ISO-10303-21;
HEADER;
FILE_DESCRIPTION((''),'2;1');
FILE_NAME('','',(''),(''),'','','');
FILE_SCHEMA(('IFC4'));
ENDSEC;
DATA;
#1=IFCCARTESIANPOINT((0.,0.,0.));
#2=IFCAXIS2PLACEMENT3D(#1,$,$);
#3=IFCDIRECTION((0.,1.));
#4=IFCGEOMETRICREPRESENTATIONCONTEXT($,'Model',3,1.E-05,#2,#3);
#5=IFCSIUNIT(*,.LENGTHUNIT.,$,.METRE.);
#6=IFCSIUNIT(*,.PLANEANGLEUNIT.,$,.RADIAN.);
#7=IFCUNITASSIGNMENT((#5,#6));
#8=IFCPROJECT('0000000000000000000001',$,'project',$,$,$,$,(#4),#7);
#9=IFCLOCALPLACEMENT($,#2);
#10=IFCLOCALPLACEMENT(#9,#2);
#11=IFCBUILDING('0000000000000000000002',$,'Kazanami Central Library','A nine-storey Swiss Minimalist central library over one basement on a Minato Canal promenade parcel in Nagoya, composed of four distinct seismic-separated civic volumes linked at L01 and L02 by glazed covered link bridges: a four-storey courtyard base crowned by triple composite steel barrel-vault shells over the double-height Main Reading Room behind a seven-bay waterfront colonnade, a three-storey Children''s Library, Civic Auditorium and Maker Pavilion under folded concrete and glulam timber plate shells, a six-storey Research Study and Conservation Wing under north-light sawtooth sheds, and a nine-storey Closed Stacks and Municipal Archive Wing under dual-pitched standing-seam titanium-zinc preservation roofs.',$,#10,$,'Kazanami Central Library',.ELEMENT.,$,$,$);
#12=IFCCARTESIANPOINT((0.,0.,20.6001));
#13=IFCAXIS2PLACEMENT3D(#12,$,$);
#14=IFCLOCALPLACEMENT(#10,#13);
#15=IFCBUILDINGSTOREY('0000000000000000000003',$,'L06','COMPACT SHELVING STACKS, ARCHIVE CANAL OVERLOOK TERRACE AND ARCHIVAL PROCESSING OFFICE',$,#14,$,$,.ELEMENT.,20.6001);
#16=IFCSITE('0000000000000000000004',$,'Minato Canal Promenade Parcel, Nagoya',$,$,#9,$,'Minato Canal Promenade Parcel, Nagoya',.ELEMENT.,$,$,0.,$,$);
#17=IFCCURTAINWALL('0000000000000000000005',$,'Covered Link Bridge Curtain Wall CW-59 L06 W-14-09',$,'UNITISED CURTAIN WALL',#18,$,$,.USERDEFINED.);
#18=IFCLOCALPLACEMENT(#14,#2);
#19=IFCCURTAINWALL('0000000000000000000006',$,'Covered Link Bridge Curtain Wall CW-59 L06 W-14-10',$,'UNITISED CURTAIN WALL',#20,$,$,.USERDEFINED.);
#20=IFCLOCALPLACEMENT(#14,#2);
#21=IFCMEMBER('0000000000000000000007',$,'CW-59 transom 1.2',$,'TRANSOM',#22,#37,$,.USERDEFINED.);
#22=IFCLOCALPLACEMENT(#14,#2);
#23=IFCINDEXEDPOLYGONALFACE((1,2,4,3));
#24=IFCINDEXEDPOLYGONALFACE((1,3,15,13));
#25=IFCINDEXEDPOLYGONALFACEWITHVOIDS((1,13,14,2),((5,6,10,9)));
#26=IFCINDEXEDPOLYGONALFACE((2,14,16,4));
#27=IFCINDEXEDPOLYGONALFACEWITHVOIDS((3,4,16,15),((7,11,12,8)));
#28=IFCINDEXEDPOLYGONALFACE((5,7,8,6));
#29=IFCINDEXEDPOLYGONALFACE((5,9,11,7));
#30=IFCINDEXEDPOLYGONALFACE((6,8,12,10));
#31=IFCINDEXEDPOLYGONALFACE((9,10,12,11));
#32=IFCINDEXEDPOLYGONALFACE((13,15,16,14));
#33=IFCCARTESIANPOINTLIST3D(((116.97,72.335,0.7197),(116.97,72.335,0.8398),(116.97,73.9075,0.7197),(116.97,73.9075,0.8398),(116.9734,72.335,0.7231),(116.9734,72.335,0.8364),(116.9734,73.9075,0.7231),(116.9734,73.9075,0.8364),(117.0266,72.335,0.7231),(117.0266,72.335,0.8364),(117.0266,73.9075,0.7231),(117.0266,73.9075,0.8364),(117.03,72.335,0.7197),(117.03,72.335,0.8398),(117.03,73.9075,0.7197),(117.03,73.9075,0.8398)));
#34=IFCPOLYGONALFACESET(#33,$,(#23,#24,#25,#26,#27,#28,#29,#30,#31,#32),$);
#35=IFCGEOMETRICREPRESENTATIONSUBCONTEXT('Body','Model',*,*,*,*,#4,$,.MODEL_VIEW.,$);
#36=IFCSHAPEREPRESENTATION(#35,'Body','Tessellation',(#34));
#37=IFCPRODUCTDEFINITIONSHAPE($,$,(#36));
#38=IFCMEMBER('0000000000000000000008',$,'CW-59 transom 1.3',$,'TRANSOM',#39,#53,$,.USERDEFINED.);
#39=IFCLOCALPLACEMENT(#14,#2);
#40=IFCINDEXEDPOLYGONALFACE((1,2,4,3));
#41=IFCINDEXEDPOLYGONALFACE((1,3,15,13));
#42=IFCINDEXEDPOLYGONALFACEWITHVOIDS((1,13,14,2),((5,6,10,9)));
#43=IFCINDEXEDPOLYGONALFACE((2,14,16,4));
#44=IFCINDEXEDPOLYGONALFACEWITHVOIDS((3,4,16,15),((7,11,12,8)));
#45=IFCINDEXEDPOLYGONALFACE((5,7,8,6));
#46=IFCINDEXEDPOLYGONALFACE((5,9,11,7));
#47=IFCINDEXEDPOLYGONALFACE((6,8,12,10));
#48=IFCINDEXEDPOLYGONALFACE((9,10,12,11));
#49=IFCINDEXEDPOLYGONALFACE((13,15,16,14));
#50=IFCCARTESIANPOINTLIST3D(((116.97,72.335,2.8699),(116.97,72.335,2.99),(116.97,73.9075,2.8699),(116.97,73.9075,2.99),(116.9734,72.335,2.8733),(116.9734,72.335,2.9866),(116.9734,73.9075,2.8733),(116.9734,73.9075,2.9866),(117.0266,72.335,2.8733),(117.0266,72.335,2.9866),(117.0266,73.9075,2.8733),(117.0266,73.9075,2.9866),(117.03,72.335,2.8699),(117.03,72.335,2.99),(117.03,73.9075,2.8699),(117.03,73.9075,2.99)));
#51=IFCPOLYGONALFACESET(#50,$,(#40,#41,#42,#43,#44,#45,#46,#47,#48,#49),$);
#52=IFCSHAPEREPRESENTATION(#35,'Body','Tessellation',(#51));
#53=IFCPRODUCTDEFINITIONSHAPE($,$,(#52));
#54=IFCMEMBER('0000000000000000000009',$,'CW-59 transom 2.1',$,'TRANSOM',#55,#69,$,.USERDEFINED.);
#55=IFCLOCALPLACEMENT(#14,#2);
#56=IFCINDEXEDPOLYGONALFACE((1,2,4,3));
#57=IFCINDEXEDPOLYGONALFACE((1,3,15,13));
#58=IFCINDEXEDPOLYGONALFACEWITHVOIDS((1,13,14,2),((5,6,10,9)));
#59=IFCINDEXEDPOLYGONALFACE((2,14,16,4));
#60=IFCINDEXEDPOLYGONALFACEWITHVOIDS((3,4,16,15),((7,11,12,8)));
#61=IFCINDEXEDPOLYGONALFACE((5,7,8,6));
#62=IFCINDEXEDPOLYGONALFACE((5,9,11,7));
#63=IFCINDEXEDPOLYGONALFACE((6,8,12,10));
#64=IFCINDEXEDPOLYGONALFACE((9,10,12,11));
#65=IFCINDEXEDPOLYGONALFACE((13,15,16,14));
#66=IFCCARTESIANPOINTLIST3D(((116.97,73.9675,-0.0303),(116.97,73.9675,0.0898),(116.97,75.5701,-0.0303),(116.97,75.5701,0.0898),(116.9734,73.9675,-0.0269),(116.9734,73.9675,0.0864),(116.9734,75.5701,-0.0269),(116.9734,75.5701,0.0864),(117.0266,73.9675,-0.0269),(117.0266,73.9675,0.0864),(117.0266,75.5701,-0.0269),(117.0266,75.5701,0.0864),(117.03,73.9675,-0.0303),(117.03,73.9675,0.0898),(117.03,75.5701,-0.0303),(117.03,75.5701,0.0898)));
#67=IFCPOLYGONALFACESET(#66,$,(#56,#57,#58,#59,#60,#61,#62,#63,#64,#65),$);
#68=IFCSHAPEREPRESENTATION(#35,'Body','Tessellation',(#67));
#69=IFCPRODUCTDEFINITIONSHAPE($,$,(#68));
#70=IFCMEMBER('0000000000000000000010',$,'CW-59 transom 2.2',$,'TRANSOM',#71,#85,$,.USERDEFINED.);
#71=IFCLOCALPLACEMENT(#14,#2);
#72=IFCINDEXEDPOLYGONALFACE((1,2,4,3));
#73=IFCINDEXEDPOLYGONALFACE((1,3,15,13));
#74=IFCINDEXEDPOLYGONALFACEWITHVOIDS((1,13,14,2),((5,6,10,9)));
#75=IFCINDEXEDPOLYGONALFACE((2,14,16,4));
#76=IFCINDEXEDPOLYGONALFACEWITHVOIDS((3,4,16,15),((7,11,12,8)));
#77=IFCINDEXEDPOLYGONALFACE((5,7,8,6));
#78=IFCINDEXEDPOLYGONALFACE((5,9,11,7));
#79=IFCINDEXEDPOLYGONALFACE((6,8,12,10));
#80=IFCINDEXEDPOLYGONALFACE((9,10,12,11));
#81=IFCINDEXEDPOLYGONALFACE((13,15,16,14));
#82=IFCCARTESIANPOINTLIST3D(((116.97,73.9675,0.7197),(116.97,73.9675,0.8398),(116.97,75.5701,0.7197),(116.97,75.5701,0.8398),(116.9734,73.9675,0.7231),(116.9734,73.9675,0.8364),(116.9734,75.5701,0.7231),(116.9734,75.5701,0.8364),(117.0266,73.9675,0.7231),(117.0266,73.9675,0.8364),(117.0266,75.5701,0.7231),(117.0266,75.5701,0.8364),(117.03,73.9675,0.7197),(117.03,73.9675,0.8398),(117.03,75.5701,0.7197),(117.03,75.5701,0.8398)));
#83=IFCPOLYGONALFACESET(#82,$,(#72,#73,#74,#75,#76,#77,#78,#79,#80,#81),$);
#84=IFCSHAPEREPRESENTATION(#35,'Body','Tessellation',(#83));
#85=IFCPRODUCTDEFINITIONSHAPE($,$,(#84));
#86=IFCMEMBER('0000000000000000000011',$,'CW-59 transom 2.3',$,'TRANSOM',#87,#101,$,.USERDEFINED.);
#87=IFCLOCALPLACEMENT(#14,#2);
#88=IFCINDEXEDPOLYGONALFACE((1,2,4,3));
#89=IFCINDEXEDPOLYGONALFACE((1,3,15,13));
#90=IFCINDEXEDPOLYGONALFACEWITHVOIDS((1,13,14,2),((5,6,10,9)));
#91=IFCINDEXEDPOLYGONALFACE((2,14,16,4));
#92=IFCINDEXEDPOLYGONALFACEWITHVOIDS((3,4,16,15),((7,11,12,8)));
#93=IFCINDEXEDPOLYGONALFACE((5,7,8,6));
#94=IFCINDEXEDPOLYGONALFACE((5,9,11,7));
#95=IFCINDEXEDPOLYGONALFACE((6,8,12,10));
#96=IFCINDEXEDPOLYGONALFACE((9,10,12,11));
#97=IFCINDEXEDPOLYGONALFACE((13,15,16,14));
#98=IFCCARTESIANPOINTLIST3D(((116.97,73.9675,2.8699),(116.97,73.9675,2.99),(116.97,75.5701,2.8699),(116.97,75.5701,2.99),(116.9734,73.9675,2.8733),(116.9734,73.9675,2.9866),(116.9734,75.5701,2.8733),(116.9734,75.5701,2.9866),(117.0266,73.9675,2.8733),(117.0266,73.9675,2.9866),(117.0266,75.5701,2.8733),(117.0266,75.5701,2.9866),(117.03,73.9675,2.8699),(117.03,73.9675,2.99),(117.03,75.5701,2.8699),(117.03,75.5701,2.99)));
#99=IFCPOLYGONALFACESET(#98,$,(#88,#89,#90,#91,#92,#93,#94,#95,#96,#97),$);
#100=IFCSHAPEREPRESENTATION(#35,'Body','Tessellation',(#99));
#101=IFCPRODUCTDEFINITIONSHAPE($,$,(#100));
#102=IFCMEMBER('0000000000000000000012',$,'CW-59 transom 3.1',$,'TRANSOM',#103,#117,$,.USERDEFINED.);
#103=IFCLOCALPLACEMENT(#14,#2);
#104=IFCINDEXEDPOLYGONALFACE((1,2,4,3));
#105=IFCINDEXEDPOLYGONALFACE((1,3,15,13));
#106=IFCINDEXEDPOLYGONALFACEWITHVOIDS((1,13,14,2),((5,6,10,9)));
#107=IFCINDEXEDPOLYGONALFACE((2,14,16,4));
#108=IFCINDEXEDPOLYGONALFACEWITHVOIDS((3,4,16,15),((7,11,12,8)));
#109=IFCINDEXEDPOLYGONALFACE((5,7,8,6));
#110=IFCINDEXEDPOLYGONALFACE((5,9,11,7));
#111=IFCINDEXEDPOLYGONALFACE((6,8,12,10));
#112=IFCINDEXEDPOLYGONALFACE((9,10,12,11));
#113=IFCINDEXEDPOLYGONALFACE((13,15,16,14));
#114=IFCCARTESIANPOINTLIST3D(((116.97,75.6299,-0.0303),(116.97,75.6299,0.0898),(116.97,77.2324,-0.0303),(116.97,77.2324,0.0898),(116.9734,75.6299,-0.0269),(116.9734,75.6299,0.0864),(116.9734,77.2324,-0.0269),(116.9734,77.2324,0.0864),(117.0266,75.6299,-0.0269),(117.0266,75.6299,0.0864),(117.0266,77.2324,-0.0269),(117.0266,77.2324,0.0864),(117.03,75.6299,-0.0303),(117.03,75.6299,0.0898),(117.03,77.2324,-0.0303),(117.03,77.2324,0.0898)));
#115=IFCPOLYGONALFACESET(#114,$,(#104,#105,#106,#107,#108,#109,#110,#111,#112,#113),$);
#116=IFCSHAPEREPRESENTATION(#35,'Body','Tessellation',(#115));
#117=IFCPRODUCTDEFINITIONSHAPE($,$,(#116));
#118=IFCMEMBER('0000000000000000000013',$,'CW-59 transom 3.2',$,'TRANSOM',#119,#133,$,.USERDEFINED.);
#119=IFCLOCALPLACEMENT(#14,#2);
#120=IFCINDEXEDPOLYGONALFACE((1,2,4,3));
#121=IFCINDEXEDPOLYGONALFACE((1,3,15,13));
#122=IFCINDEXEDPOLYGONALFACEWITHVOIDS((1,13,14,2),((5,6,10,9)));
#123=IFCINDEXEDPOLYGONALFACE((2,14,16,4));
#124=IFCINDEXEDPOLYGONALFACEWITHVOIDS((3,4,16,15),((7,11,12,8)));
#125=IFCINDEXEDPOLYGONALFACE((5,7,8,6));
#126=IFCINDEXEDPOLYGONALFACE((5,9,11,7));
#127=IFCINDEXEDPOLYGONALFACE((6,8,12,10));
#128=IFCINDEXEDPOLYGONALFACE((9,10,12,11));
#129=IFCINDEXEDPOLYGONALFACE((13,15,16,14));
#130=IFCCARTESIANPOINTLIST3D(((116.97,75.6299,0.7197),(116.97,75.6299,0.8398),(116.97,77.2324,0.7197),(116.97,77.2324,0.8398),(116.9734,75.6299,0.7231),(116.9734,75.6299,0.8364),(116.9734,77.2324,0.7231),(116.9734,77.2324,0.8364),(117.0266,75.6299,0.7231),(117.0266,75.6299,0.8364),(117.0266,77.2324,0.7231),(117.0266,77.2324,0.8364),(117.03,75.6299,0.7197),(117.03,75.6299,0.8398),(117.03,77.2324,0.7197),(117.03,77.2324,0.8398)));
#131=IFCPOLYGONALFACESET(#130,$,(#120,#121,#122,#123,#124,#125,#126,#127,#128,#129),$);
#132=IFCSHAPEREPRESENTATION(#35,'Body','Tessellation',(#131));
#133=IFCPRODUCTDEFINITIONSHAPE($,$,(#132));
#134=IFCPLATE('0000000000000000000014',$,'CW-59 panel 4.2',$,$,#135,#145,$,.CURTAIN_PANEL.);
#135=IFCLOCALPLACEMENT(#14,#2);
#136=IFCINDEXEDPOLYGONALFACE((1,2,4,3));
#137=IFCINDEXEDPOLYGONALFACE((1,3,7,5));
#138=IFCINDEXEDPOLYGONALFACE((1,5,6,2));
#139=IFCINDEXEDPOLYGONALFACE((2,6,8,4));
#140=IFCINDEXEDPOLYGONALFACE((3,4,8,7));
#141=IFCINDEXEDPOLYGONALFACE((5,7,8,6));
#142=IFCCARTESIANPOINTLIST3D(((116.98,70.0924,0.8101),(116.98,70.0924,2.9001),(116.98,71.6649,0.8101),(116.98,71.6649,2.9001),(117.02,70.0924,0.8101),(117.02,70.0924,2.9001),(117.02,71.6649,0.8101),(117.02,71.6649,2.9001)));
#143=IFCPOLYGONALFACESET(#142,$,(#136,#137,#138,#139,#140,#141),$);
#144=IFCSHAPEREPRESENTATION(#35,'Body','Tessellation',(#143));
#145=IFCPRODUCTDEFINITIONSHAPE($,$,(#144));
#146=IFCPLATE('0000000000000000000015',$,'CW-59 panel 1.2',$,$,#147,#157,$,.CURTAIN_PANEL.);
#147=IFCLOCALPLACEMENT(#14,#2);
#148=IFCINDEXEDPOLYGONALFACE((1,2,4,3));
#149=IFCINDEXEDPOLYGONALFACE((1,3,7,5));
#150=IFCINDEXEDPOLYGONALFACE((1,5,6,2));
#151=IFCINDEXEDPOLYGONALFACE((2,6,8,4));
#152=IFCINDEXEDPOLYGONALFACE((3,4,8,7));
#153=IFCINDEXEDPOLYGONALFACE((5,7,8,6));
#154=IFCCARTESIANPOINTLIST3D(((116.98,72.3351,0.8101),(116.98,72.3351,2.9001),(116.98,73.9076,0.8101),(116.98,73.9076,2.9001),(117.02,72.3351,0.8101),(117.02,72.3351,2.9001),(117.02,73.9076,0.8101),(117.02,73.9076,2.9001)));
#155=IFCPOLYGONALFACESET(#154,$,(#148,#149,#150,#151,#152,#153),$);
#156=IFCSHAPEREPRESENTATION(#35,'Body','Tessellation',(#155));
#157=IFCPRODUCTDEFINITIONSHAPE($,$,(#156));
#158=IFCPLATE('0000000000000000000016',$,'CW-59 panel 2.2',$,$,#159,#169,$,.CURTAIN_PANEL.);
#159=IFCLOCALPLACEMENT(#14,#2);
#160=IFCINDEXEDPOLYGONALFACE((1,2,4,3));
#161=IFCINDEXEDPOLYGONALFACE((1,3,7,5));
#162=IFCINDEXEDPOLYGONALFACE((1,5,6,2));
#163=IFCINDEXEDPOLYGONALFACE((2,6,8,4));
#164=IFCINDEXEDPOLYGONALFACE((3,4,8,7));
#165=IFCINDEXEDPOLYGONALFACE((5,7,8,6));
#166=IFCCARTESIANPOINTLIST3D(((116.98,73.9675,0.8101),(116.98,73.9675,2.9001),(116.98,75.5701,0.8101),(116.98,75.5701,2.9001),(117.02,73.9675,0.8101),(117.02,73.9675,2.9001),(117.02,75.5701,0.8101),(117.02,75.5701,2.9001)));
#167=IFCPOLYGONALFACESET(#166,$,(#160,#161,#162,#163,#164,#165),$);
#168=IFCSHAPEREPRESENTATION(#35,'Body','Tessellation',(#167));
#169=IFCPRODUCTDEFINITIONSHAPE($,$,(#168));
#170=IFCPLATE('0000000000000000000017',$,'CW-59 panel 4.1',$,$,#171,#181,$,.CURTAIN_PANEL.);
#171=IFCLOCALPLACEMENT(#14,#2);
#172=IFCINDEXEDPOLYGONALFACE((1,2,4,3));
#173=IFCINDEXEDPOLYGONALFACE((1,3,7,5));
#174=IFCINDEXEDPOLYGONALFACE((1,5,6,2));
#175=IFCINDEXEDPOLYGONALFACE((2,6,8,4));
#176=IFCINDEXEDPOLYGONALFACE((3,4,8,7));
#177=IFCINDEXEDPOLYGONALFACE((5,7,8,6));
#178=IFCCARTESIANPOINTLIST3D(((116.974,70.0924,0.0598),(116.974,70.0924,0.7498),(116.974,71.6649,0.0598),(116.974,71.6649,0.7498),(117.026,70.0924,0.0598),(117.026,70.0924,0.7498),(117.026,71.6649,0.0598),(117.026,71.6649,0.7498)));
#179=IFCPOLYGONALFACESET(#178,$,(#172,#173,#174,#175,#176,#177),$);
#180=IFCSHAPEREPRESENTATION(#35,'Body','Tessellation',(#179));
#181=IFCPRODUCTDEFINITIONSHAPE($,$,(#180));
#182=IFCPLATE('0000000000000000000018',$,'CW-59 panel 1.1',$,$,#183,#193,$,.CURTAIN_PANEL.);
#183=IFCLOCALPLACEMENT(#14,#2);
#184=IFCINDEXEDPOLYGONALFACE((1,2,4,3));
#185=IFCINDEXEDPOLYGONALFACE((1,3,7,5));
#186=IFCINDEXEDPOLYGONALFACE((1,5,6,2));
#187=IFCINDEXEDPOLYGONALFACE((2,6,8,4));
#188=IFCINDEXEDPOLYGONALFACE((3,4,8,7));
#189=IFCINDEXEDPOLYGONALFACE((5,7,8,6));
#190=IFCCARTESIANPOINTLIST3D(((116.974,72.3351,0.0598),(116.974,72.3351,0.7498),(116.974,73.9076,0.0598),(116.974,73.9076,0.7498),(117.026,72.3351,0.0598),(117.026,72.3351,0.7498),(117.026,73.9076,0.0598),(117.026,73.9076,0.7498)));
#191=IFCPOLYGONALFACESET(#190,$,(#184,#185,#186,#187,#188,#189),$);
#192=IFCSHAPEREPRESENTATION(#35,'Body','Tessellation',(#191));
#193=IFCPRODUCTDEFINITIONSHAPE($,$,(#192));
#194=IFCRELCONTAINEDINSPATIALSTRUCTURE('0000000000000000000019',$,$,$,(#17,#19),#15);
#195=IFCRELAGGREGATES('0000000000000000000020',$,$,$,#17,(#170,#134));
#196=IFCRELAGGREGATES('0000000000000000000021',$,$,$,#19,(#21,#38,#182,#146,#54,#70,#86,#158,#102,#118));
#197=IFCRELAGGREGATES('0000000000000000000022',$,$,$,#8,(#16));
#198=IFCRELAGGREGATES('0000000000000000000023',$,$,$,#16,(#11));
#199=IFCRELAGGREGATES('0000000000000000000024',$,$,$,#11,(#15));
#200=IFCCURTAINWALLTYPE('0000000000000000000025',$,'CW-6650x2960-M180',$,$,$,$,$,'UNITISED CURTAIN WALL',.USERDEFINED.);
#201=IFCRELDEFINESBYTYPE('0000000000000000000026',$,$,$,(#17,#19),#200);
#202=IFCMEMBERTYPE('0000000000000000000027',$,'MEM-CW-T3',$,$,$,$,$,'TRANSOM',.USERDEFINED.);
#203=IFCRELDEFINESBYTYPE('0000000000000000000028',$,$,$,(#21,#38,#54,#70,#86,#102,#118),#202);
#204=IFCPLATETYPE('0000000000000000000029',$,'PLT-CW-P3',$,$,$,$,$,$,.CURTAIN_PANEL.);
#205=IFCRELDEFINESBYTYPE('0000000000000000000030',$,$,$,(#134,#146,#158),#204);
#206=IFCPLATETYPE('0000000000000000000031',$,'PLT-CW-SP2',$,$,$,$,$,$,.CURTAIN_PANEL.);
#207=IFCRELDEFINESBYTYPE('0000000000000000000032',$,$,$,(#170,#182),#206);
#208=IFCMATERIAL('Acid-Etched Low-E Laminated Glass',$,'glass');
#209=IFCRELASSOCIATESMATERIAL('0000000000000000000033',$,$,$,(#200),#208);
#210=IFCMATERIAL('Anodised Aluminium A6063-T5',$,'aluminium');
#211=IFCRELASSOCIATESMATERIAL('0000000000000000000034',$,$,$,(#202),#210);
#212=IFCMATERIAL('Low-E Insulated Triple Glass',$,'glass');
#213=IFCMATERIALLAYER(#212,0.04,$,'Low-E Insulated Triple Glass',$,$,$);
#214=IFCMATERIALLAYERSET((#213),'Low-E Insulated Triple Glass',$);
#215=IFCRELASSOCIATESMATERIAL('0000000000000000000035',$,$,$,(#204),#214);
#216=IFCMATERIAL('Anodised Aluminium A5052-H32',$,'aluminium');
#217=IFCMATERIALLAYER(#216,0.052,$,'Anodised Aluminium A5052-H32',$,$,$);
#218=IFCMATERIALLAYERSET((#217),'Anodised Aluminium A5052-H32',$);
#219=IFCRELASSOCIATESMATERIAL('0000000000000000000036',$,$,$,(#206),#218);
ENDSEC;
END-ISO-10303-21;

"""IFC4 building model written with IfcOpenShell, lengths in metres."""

from ifc_helpers import new_model, si_unit, direction, frame, origin, origin_2d, place, context, subcontext, project, spatial, rectangle, hollow_rectangle, extrude, material, layer, layer_set, material_profile, profile_set, type_object, element, aggregate, save


model = new_model("IFC4")

# Units and contexts
model_context = context("Model", 3, precision=1e-05, world=origin(), true_north=direction((0.0, 1.0)))
body_context = subcontext(model_context, "Body", "Model", "MODEL_VIEW")
ifc_project = project(units=[si_unit("LENGTHUNIT", "METRE"), si_unit("PLANEANGLEUNIT", "RADIAN")], contexts=[model_context])

# Site, building, storey
site_placement = place(None, origin())
site = spatial("IfcSite", under=ifc_project, at=site_placement, Name="Minato Canal Promenade Parcel, Nagoya", LongName="Minato Canal Promenade Parcel, Nagoya", CompositionType="ELEMENT", RefElevation=0.0)
building_placement = place(site_placement, origin())
building = spatial("IfcBuilding", under=site, at=building_placement, Name="Kazanami Central Library", Description="A nine-storey Swiss Minimalist central library over one basement on a Minato Canal promenade parcel in Nagoya, composed of four distinct seismic-separated civic volumes linked at L01 and L02 by glazed covered link bridges: a four-storey courtyard base crowned by triple composite steel barrel-vault shells over the double-height Main Reading Room behind a seven-bay waterfront colonnade, a three-storey Children's Library, Civic Auditorium and Maker Pavilion under folded concrete and glulam timber plate shells, a six-storey Research Study and Conservation Wing under north-light sawtooth sheds, and a nine-storey Closed Stacks and Municipal Archive Wing under dual-pitched standing-seam titanium-zinc preservation roofs.", LongName="Kazanami Central Library", CompositionType="ELEMENT")
storey_placement = place(building_placement, frame((0.0, 0.0, 20.6001)))
storey = spatial("IfcBuildingStorey", under=building, at=storey_placement, Name="L06", Description="COMPACT SHELVING STACKS, ARCHIVE CANAL OVERLOOK TERRACE AND ARCHIVAL PROCESSING OFFICE", CompositionType="ELEMENT", Elevation=20.6001)

# Curtain walls
ifc_material_1 = material(Name="Acid-Etched Low-E Laminated Glass", Category="glass")
curtain_wall_type = type_object("IfcCurtainWallType", Name="CW-6650x2960-M180", ElementType="UNITISED CURTAIN WALL", PredefinedType="USERDEFINED", material=ifc_material_1)
curtain_wall_1_placement = place(storey_placement, origin())
curtain_wall_1 = element("IfcCurtainWall", 1, at=curtain_wall_1_placement, inside=storey, type_object=curtain_wall_type, Name="Covered Link Bridge Curtain Wall CW-59 L06 W-14-09", ObjectType="UNITISED CURTAIN WALL", PredefinedType="USERDEFINED")
ifc_material_2 = material(Name="Anodised Aluminium A6063-T5", Category="aluminium")
curtain_wall_2_placement = place(storey_placement, origin())
curtain_wall_2 = element("IfcCurtainWall", 2, at=curtain_wall_2_placement, inside=storey, type_object=curtain_wall_type, Name="Covered Link Bridge Curtain Wall CW-59 L06 W-14-10", ObjectType="UNITISED CURTAIN WALL", PredefinedType="USERDEFINED")

# Members
ifc_material_profile_1 = material_profile(ifc_material_2, hollow_rectangle(XDim=0.0601, YDim=0.1201, WallThickness=0.0034, at=origin_2d()), Name="ALU-TRAN-60x120x3.5")
ifc_profile_set_1 = profile_set([ifc_material_profile_1], Name="Anodised Aluminium A6063-T5")
member_type_1 = type_object("IfcMemberType", Name="MEM-CW-T3", ElementType="TRANSOM", PredefinedType="USERDEFINED", material=ifc_profile_set_1)
member_1_placement = place(storey_placement, frame((117.0, 72.335, 0.7798), z_axis=(0.0, 1.0, 0.0), x_axis=(-1.0, 0.0, 0.0)))
member_1 = element("IfcMember", 3, at=member_1_placement, type_object=member_type_1, Name="CW-59 transom 1.2", ObjectType="TRANSOM", PredefinedType="USERDEFINED", context=body_context, shape_type="SweptSolid", body=[
    extrude(hollow_rectangle(XDim=0.0601, YDim=0.1201, WallThickness=0.0034, at=origin_2d()), origin(), (0.0, 0.0, 1.0), 1.5725),
])
member_2_placement = place(storey_placement, frame((117.0, 72.335, 2.9299), z_axis=(0.0, 1.0, 0.0), x_axis=(-1.0, 0.0, 0.0)))
member_2 = element("IfcMember", 4, at=member_2_placement, type_object=member_type_1, Name="CW-59 transom 1.3", ObjectType="TRANSOM", PredefinedType="USERDEFINED", context=body_context, shape_type="SweptSolid", body=[
    extrude(hollow_rectangle(XDim=0.0601, YDim=0.1201, WallThickness=0.0034, at=origin_2d()), origin(), (0.0, 0.0, 1.0), 1.5725),
])
member_3_placement = place(storey_placement, frame((117.0, 73.9675, 0.0298), z_axis=(0.0, 1.0, 0.0), x_axis=(-1.0, 0.0, 0.0)))
member_3 = element("IfcMember", 5, at=member_3_placement, type_object=member_type_1, Name="CW-59 transom 2.1", ObjectType="TRANSOM", PredefinedType="USERDEFINED", context=body_context, shape_type="SweptSolid", body=[
    extrude(hollow_rectangle(XDim=0.0601, YDim=0.1201, WallThickness=0.0034, at=origin_2d()), origin(), (0.0, 0.0, 1.0), 1.6025),
])
member_4_placement = place(storey_placement, frame((117.0, 73.9675, 0.7798), z_axis=(0.0, 1.0, 0.0), x_axis=(-1.0, 0.0, 0.0)))
member_4 = element("IfcMember", 6, at=member_4_placement, type_object=member_type_1, Name="CW-59 transom 2.2", ObjectType="TRANSOM", PredefinedType="USERDEFINED", context=body_context, shape_type="SweptSolid", body=[
    extrude(hollow_rectangle(XDim=0.0601, YDim=0.1201, WallThickness=0.0034, at=origin_2d()), origin(), (0.0, 0.0, 1.0), 1.6025),
])
member_5_placement = place(storey_placement, frame((117.0, 73.9675, 2.9299), z_axis=(0.0, 1.0, 0.0), x_axis=(-1.0, 0.0, 0.0)))
member_5 = element("IfcMember", 7, at=member_5_placement, type_object=member_type_1, Name="CW-59 transom 2.3", ObjectType="TRANSOM", PredefinedType="USERDEFINED", context=body_context, shape_type="SweptSolid", body=[
    extrude(hollow_rectangle(XDim=0.0601, YDim=0.1201, WallThickness=0.0034, at=origin_2d()), origin(), (0.0, 0.0, 1.0), 1.6025),
])
member_6_placement = place(storey_placement, frame((117.0, 75.6299, 0.0298), z_axis=(0.0, 1.0, 0.0), x_axis=(-1.0, 0.0, 0.0)))
member_6 = element("IfcMember", 8, at=member_6_placement, type_object=member_type_1, Name="CW-59 transom 3.1", ObjectType="TRANSOM", PredefinedType="USERDEFINED", context=body_context, shape_type="SweptSolid", body=[
    extrude(hollow_rectangle(XDim=0.0601, YDim=0.1201, WallThickness=0.0034, at=origin_2d()), origin(), (0.0, 0.0, 1.0), 1.6025),
])
member_7_placement = place(storey_placement, frame((117.0, 75.6299, 0.7798), z_axis=(0.0, 1.0, 0.0), x_axis=(-1.0, 0.0, 0.0)))
member_7 = element("IfcMember", 9, at=member_7_placement, type_object=member_type_1, Name="CW-59 transom 3.2", ObjectType="TRANSOM", PredefinedType="USERDEFINED", context=body_context, shape_type="SweptSolid", body=[
    extrude(hollow_rectangle(XDim=0.0601, YDim=0.1201, WallThickness=0.0034, at=origin_2d()), origin(), (0.0, 0.0, 1.0), 1.6025),
])

# Plates
ifc_material_3 = material(Name="Low-E Insulated Triple Glass", Category="glass")
ifc_layer_1 = layer(ifc_material_3, 0.04, Name="Low-E Insulated Triple Glass")
ifc_layer_set_1 = layer_set([ifc_layer_1], Name="Low-E Insulated Triple Glass")
plate_type_1 = type_object("IfcPlateType", Name="PLT-CW-P3", PredefinedType="CURTAIN_PANEL", material=ifc_layer_set_1)
plate_1_placement = place(storey_placement, frame((117.0, 70.8787, 0.8101), z_axis=(0.0, 0.0, 1.0), x_axis=(0.0, 1.0, 0.0)))
plate_1 = element("IfcPlate", 10, at=plate_1_placement, type_object=plate_type_1, Name="CW-59 panel 4.2", PredefinedType="CURTAIN_PANEL", context=body_context, shape_type="SweptSolid", body=[
    extrude(rectangle(XDim=1.5725, YDim=0.04, at=origin_2d()), origin(), (0.0, 0.0, 1.0), 2.0901),
])
plate_2_placement = place(storey_placement, frame((117.0, 73.1213, 0.8101), z_axis=(0.0, 0.0, 1.0), x_axis=(0.0, 1.0, 0.0)))
plate_2 = element("IfcPlate", 11, at=plate_2_placement, type_object=plate_type_1, Name="CW-59 panel 1.2", PredefinedType="CURTAIN_PANEL", context=body_context, shape_type="SweptSolid", body=[
    extrude(rectangle(XDim=1.5725, YDim=0.04, at=origin_2d()), origin(), (0.0, 0.0, 1.0), 2.0901),
])
plate_3_placement = place(storey_placement, frame((117.0, 74.7688, 0.8101), z_axis=(0.0, 0.0, 1.0), x_axis=(0.0, 1.0, 0.0)))
plate_3 = element("IfcPlate", 12, at=plate_3_placement, type_object=plate_type_1, Name="CW-59 panel 2.2", PredefinedType="CURTAIN_PANEL", context=body_context, shape_type="SweptSolid", body=[
    extrude(rectangle(XDim=1.6025, YDim=0.04, at=origin_2d()), origin(), (0.0, 0.0, 1.0), 2.0901),
])
ifc_material_4 = material(Name="Anodised Aluminium A5052-H32", Category="aluminium")
ifc_layer_2 = layer(ifc_material_4, 0.052, Name="Anodised Aluminium A5052-H32")
ifc_layer_set_2 = layer_set([ifc_layer_2], Name="Anodised Aluminium A5052-H32")
plate_type_2 = type_object("IfcPlateType", Name="PLT-CW-SP2", PredefinedType="CURTAIN_PANEL", material=ifc_layer_set_2)
plate_4_placement = place(storey_placement, frame((117.0, 70.8787, 0.0598), z_axis=(0.0, 0.0, 1.0), x_axis=(0.0, 1.0, 0.0)))
plate_4 = element("IfcPlate", 13, at=plate_4_placement, type_object=plate_type_2, Name="CW-59 panel 4.1", PredefinedType="CURTAIN_PANEL", context=body_context, shape_type="SweptSolid", body=[
    extrude(rectangle(XDim=1.5725, YDim=0.052, at=origin_2d()), origin(), (0.0, 0.0, 1.0), 0.6899),
])
aggregate(curtain_wall_1, [plate_4, plate_1])
plate_5_placement = place(storey_placement, frame((117.0, 73.1213, 0.0598), z_axis=(0.0, 0.0, 1.0), x_axis=(0.0, 1.0, 0.0)))
plate_5 = element("IfcPlate", 14, at=plate_5_placement, type_object=plate_type_2, Name="CW-59 panel 1.1", PredefinedType="CURTAIN_PANEL", context=body_context, shape_type="SweptSolid", body=[
    extrude(rectangle(XDim=1.5725, YDim=0.052, at=origin_2d()), origin(), (0.0, 0.0, 1.0), 0.6899),
])
aggregate(curtain_wall_2, [member_1, member_2, plate_5, plate_2, member_3, member_4, member_5, plate_3, member_6, member_7])

save(model, "model.ifc")
